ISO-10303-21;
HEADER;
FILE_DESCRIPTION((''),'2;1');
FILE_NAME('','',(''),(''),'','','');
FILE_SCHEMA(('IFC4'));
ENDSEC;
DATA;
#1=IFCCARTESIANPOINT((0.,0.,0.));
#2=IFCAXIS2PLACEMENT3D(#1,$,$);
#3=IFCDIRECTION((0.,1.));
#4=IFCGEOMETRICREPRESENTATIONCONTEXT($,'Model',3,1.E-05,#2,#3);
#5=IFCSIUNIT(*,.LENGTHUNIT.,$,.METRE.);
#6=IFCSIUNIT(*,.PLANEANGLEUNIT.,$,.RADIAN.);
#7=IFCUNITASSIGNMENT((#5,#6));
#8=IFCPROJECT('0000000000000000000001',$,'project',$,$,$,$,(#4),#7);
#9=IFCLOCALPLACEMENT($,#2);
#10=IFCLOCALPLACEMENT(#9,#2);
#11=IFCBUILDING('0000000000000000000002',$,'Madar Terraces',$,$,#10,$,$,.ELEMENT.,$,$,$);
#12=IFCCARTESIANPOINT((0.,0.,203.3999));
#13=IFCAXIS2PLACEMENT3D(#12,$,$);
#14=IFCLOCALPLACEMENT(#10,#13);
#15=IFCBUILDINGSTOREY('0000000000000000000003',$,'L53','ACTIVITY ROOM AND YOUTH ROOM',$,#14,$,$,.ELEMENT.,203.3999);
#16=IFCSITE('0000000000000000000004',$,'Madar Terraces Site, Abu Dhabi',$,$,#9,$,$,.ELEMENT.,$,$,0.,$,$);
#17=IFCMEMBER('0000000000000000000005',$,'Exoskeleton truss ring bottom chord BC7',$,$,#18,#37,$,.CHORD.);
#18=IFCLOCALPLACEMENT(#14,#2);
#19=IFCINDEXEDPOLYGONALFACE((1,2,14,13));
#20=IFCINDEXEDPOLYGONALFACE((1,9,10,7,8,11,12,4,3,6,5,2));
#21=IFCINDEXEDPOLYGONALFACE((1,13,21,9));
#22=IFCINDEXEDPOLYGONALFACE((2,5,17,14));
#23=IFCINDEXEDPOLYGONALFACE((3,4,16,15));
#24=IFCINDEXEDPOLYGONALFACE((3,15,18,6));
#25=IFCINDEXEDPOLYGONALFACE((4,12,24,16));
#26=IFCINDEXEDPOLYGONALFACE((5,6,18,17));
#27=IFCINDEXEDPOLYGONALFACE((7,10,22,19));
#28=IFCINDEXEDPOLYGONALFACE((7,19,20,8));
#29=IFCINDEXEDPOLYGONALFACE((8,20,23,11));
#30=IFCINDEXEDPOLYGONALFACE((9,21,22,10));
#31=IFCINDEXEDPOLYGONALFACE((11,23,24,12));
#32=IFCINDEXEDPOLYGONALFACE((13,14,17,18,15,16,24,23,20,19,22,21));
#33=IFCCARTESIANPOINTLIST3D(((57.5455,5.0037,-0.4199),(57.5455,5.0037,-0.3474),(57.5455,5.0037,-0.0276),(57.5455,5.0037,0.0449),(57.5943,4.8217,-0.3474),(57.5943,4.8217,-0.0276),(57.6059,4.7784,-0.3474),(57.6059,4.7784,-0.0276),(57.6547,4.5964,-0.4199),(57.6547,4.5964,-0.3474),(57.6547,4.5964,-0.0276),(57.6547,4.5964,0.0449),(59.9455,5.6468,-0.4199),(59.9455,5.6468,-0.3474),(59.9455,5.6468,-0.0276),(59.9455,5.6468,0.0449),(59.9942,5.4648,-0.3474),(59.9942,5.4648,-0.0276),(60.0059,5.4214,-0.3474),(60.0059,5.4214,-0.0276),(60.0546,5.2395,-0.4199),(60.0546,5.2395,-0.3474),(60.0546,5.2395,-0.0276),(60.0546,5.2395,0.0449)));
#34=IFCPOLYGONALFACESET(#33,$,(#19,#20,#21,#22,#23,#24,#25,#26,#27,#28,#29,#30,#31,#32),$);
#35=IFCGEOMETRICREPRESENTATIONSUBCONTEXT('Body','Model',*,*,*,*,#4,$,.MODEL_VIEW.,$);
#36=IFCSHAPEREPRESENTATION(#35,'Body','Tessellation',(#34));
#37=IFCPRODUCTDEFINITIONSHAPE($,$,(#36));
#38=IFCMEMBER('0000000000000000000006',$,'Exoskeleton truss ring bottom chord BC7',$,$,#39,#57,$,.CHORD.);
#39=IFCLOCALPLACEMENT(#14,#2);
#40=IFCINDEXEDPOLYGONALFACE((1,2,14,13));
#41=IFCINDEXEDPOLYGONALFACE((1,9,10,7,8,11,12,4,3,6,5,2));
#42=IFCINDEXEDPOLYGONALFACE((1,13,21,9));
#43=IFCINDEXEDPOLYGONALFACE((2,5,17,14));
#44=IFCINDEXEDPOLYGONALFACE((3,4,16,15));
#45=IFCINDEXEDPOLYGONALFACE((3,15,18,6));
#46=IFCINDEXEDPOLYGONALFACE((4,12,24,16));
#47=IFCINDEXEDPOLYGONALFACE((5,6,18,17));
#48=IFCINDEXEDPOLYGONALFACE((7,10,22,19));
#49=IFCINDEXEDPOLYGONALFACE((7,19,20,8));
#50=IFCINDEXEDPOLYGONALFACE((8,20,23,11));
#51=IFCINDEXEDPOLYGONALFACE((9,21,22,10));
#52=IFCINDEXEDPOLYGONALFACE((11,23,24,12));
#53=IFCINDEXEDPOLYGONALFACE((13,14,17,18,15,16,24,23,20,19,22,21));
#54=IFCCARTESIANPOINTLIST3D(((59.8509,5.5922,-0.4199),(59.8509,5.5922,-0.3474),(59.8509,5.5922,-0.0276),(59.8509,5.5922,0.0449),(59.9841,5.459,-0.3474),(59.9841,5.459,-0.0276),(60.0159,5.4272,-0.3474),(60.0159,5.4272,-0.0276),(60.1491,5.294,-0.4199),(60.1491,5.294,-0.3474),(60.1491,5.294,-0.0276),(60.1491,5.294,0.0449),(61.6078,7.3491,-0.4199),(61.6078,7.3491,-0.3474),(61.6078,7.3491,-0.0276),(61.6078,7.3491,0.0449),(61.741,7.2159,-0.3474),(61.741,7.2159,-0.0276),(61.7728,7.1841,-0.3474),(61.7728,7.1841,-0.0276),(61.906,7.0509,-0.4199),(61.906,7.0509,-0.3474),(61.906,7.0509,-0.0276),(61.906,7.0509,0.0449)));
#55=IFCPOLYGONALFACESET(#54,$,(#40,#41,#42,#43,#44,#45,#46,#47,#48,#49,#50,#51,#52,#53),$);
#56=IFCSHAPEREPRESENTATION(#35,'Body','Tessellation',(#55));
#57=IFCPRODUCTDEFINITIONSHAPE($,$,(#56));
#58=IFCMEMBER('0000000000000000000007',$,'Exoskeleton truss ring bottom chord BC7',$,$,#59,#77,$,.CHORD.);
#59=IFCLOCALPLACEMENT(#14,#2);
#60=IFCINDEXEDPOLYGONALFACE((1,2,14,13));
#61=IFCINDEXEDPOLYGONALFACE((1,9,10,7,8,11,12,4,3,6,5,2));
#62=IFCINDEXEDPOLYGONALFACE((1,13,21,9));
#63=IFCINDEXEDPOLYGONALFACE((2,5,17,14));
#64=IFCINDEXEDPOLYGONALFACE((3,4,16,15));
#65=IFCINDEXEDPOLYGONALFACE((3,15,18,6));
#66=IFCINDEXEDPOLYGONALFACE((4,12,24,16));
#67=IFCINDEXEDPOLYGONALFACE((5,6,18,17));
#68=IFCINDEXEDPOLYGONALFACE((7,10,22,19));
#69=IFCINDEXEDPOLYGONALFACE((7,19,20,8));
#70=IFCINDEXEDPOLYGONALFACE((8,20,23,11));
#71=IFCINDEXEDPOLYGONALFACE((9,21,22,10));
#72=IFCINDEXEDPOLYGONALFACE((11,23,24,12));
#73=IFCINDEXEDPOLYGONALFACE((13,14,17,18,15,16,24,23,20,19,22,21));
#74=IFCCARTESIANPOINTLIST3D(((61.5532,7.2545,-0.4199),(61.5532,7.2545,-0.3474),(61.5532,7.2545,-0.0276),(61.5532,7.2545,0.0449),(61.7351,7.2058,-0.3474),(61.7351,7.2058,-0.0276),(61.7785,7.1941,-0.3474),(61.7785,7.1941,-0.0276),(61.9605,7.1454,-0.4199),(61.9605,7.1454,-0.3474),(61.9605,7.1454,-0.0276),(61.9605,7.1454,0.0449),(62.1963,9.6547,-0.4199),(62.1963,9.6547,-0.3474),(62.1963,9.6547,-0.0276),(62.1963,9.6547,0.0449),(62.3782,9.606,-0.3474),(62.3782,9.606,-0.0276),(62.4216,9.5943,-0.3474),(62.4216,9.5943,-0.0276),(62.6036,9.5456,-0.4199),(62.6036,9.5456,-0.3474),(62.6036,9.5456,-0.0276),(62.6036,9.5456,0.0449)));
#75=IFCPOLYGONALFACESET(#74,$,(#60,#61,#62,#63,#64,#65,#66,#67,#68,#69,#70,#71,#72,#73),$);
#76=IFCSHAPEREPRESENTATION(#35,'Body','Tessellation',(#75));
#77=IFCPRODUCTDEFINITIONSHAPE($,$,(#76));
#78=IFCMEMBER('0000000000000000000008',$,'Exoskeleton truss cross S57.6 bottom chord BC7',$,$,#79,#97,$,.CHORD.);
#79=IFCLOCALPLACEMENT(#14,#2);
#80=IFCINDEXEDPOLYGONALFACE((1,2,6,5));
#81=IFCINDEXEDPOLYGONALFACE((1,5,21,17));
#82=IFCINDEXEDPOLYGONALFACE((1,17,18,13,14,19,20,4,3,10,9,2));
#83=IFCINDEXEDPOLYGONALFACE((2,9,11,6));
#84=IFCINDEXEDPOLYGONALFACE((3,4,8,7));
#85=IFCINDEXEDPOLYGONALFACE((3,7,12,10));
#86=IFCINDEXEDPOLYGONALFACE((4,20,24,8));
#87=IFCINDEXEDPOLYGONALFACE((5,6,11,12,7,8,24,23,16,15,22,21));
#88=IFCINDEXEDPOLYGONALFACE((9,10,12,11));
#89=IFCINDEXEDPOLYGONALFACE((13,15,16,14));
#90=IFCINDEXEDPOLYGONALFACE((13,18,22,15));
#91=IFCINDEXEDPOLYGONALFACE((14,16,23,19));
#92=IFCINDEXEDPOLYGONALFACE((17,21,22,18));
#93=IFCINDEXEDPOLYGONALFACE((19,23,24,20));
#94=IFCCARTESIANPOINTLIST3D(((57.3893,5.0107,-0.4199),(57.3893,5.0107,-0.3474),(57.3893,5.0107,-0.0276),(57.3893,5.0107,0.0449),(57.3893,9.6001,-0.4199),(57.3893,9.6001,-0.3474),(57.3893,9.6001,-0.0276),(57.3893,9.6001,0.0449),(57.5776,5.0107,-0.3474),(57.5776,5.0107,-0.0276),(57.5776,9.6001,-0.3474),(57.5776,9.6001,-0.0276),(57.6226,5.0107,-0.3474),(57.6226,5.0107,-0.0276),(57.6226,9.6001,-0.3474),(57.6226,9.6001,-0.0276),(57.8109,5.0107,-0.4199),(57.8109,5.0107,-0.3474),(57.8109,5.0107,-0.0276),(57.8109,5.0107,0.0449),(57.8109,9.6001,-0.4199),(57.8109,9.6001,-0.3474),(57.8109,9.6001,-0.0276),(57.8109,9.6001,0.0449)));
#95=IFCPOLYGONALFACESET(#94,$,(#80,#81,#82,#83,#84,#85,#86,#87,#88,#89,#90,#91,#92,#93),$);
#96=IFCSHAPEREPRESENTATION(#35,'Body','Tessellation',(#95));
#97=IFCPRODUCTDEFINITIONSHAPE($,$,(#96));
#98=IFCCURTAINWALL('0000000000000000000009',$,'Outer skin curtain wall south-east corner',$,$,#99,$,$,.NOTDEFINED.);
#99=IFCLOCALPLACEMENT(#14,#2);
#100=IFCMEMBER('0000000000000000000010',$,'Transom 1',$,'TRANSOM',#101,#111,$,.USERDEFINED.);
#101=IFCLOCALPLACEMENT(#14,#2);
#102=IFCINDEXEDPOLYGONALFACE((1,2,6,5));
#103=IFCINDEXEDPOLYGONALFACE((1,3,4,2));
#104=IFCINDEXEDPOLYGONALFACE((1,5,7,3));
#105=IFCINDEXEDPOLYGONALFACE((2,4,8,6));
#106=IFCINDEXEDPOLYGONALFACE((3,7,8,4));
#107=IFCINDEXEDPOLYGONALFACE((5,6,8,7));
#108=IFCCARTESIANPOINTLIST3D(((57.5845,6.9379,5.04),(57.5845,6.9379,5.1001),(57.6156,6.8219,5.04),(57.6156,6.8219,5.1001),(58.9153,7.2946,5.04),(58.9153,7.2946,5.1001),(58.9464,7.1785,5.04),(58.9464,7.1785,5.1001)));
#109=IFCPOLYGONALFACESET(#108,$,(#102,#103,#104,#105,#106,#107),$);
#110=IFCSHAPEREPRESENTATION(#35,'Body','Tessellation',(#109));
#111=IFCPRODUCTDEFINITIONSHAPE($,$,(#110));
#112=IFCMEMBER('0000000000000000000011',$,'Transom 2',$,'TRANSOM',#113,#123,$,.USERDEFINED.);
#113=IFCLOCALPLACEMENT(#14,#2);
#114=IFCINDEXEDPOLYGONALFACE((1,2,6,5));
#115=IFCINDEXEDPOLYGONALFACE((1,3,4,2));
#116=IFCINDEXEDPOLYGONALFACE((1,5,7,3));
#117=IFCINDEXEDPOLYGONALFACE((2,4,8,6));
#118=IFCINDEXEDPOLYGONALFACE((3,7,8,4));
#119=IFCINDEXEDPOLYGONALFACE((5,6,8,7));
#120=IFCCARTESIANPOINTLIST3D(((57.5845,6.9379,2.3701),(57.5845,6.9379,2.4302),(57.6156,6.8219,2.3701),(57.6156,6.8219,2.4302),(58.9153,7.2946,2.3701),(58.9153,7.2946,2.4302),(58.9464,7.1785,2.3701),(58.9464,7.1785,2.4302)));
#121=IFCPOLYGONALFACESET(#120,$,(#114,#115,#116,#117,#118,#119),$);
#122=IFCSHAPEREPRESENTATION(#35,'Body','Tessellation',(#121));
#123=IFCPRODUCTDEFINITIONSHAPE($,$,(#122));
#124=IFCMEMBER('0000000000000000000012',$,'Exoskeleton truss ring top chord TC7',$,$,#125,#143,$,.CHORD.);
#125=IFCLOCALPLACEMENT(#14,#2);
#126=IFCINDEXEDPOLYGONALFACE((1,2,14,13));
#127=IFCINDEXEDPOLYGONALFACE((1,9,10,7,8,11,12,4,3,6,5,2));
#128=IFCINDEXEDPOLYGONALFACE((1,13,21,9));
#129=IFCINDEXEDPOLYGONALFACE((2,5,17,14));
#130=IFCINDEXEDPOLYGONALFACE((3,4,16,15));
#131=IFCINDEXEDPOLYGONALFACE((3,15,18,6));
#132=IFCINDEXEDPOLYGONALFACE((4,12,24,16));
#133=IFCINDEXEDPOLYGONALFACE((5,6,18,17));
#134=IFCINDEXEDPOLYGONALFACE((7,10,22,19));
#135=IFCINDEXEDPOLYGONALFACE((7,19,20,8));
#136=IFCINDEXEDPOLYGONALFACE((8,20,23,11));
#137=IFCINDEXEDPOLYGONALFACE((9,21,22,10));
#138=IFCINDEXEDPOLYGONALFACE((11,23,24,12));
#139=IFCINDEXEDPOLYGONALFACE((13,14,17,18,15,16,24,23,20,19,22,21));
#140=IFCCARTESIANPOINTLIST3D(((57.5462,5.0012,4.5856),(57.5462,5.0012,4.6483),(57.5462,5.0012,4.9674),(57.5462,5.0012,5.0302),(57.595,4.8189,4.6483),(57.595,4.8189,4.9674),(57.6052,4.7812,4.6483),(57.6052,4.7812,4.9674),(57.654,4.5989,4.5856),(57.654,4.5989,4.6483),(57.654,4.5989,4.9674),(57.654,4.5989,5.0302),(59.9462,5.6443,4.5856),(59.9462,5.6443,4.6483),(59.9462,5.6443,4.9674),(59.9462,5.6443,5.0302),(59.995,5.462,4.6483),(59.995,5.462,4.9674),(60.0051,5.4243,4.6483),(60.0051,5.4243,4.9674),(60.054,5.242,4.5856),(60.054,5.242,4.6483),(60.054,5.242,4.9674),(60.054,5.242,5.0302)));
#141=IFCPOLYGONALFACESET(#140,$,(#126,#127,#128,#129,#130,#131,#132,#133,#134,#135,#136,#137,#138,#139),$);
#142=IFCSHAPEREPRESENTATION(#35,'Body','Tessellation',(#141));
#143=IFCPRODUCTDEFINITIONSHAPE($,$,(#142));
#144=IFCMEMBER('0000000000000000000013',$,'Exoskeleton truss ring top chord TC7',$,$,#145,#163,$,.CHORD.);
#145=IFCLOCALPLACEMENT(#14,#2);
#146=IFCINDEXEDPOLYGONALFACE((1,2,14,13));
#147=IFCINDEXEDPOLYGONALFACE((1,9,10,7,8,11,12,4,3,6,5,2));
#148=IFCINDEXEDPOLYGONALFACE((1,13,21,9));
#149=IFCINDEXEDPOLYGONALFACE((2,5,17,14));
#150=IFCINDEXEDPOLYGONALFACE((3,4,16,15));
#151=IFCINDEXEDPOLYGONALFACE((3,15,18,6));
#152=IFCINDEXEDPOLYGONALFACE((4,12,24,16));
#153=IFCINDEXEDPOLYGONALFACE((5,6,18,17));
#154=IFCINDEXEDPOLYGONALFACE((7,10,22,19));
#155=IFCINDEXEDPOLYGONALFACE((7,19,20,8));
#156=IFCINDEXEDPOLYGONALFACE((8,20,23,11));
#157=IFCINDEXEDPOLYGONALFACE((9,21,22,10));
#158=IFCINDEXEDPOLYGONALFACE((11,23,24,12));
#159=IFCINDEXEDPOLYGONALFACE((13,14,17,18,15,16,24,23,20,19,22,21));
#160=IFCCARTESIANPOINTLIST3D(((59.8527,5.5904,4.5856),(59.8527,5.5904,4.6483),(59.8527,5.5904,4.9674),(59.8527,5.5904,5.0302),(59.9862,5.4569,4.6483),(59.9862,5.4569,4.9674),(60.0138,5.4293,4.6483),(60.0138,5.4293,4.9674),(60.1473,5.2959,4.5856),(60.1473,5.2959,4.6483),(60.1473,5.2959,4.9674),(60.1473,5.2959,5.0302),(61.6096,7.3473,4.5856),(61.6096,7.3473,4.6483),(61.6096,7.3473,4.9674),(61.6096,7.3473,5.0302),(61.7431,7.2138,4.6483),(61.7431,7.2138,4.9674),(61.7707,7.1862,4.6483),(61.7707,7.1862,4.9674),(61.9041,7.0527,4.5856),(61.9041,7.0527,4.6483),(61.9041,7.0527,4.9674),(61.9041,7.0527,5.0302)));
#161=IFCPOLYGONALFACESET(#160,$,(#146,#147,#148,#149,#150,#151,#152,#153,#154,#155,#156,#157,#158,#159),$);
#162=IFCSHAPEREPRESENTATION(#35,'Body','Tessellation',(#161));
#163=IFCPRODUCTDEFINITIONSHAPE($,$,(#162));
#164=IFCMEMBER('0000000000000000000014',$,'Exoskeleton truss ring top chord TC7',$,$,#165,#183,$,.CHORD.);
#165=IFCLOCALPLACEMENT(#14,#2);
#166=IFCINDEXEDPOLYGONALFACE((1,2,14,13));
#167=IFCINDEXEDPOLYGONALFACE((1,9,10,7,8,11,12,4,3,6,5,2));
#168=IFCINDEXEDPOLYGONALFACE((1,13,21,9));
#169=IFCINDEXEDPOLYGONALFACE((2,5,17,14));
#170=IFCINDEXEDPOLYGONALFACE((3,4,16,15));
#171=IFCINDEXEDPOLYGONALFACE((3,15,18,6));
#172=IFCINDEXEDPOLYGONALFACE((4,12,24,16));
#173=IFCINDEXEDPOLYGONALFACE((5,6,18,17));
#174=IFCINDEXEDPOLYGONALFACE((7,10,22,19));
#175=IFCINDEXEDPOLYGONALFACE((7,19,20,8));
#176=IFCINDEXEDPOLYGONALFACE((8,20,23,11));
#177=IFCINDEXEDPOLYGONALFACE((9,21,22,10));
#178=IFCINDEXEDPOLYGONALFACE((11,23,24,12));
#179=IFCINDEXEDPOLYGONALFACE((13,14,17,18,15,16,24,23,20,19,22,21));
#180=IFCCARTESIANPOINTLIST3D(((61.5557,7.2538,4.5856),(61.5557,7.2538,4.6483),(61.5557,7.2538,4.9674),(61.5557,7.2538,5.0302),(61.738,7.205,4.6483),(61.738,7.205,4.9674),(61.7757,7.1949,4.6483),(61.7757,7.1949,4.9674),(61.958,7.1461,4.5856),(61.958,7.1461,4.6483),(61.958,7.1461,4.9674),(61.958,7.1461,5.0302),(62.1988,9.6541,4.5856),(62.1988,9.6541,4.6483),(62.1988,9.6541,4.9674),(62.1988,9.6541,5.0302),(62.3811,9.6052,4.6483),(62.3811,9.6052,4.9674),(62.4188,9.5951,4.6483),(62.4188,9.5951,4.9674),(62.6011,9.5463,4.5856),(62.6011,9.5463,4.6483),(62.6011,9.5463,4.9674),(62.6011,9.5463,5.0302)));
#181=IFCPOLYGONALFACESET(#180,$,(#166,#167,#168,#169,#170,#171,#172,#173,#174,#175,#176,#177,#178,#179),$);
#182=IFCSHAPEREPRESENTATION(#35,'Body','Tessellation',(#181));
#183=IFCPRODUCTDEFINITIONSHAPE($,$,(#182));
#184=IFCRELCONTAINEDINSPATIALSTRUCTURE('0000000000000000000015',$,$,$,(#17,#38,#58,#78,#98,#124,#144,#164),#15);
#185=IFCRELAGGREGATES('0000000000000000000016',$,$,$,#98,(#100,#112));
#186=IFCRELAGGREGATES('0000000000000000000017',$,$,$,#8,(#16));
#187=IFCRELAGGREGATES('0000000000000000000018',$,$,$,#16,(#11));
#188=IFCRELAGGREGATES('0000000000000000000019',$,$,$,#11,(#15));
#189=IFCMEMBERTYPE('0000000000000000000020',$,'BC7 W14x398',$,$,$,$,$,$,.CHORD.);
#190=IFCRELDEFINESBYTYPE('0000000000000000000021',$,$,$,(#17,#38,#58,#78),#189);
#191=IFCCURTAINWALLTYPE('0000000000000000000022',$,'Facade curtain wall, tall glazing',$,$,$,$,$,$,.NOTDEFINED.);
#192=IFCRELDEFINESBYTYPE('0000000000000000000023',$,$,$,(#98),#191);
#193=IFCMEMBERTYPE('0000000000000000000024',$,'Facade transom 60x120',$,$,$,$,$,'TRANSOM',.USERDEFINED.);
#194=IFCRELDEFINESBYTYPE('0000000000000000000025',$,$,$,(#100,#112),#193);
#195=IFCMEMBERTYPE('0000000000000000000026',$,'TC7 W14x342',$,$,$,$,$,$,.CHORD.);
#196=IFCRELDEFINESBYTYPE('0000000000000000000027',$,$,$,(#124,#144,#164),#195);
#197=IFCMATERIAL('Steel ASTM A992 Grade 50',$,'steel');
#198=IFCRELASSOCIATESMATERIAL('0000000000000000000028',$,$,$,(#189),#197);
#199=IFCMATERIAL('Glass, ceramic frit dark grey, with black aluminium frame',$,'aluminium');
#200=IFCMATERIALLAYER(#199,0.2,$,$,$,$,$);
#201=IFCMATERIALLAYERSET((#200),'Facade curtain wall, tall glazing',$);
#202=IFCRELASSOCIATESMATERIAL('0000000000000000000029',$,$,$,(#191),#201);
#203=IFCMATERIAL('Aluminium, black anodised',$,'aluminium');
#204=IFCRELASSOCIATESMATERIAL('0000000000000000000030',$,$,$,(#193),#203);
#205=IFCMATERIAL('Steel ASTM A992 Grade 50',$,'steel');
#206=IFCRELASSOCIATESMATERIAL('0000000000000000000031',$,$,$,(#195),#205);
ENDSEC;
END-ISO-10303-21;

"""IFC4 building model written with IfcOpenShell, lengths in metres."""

from ifc_helpers import new_model, si_unit, direction, frame, origin, origin_2d, place, context, subcontext, project, spatial, rectangle, i_section, extrude, material, layer, layer_set, material_profile, profile_set, type_object, element, aggregate, save


model = new_model("IFC4")

# Units and contexts
model_context = context("Model", 3, precision=1e-05, world=origin(), true_north=direction((0.0, 1.0)))
body_context = subcontext(model_context, "Body", "Model", "MODEL_VIEW")
ifc_project = project(units=[si_unit("LENGTHUNIT", "METRE"), si_unit("PLANEANGLEUNIT", "RADIAN")], contexts=[model_context])

# Site, building, storey
site_placement = place(None, origin())
site = spatial("IfcSite", under=ifc_project, at=site_placement, Name="Madar Terraces Site, Abu Dhabi", CompositionType="ELEMENT", RefElevation=0.0)
building_placement = place(site_placement, origin())
building = spatial("IfcBuilding", under=site, at=building_placement, Name="Madar Terraces", CompositionType="ELEMENT")
storey_placement = place(building_placement, frame((0.0, 0.0, 203.3999)))
storey = spatial("IfcBuildingStorey", under=building, at=storey_placement, Name="L53", Description="ACTIVITY ROOM AND YOUTH ROOM", CompositionType="ELEMENT", Elevation=203.3999)

# Members
ifc_material_1 = material(Name="Steel ASTM A992 Grade 50", Category="steel")
ifc_material_profile_1 = material_profile(ifc_material_1, i_section(OverallWidth=0.4216, OverallDepth=0.4648, WebThickness=0.0449, FlangeThickness=0.0725, at=origin_2d()), Name="W14x398")
ifc_profile_set_1 = profile_set([ifc_material_profile_1], Name="Steel ASTM A992 Grade 50")
member_type_1 = type_object("IfcMemberType", Name="BC7 W14x398", PredefinedType="CHORD", material=ifc_profile_set_1)
for number, where, z_axis, x_axis, name in (
    (1, (57.6001, 4.8, -0.1875), (0.965924, 0.258824, 0.0), (-0.258824, 0.965924, 0.0), "Exoskeleton truss ring bottom chord BC7"),
    (2, (60.0, 5.4431, -0.1875), (0.707107, 0.707107, 0.0), (-0.707107, 0.707107, 0.0), "Exoskeleton truss ring bottom chord BC7"),
):
    element("IfcMember", number, at=place(storey_placement, frame(where, z_axis=z_axis, x_axis=x_axis)), inside=storey, type_object=member_type_1, Name=name, PredefinedType="CHORD", context=body_context, shape_type="SweptSolid", body=[
        extrude(i_section(OverallWidth=0.4216, OverallDepth=0.4648, WebThickness=0.0449, FlangeThickness=0.0725, at=origin_2d()), origin(), (0.0, 0.0, 1.0), 2.4846),
    ])
member_1_placement = place(storey_placement, frame((61.7568, 7.2, -0.1875), z_axis=(0.2588, 0.965931, 0.0), x_axis=(-0.965931, 0.2588, 0.0)))
element("IfcMember", 3, at=member_1_placement, inside=storey, type_object=member_type_1, Name="Exoskeleton truss ring bottom chord BC7", PredefinedType="CHORD", context=body_context, shape_type="SweptSolid", body=[
    extrude(i_section(OverallWidth=0.4216, OverallDepth=0.4648, WebThickness=0.0449, FlangeThickness=0.0725, at=origin_2d()), origin(), (0.0, 0.0, 1.0), 2.4849),
])
member_2_placement = place(storey_placement, frame((57.6001, 5.0107, -0.1875), z_axis=(0.0, 1.0, 0.0), x_axis=(-1.0, 0.0, 0.0)))
element("IfcMember", 4, at=member_2_placement, inside=storey, type_object=member_type_1, Name="Exoskeleton truss cross S57.6 bottom chord BC7", PredefinedType="CHORD", context=body_context, shape_type="SweptSolid", body=[
    extrude(i_section(OverallWidth=0.4216, OverallDepth=0.4648, WebThickness=0.0449, FlangeThickness=0.0725, at=origin_2d()), origin(), (0.0, 0.0, 1.0), 4.5894),
])

# Curtain wall, members
ifc_material_2 = material(Name="Glass, ceramic frit dark grey, with black aluminium frame", Category="aluminium")
ifc_layer_1 = layer(ifc_material_2, 0.2)
ifc_layer_set_1 = layer_set([ifc_layer_1], Name="Facade curtain wall, tall glazing")
curtain_wall_type = type_object("IfcCurtainWallType", Name="Facade curtain wall, tall glazing", PredefinedType="NOTDEFINED", material=ifc_layer_set_1)
curtain_wall_placement = place(storey_placement, origin())
curtain_wall = element("IfcCurtainWall", 5, at=curtain_wall_placement, inside=storey, type_object=curtain_wall_type, Name="Outer skin curtain wall south-east corner", PredefinedType="NOTDEFINED")
ifc_material_3 = material(Name="Aluminium, black anodised", Category="aluminium")
ifc_material_profile_2 = material_profile(ifc_material_3, rectangle(XDim=0.1201, YDim=0.0601, at=origin_2d()), Name="Facade transom 60x120")
ifc_profile_set_2 = profile_set([ifc_material_profile_2], Name="Aluminium, black anodised")
member_type_2 = type_object("IfcMemberType", Name="Facade transom 60x120", ElementType="TRANSOM", PredefinedType="USERDEFINED", material=ifc_profile_set_2)
member_3_placement = place(storey_placement, frame((57.6001, 6.8799, 5.0701), z_axis=(0.965908, 0.258887, 0.0), x_axis=(-0.258887, 0.965908, 0.0)))
member_3 = element("IfcMember", 6, at=member_3_placement, type_object=member_type_2, Name="Transom 1", ObjectType="TRANSOM", PredefinedType="USERDEFINED", context=body_context, shape_type="SweptSolid", body=[
    extrude(rectangle(XDim=0.1201, YDim=0.0601, at=origin_2d()), origin(), (0.0, 0.0, 1.0), 1.3777),
])
member_4_placement = place(storey_placement, frame((57.6001, 6.8799, 2.4001), z_axis=(0.965908, 0.258887, 0.0), x_axis=(-0.258887, 0.965908, 0.0)))
member_4 = element("IfcMember", 7, at=member_4_placement, type_object=member_type_2, Name="Transom 2", ObjectType="TRANSOM", PredefinedType="USERDEFINED", context=body_context, shape_type="SweptSolid", body=[
    extrude(rectangle(XDim=0.1201, YDim=0.0601, at=origin_2d()), origin(), (0.0, 0.0, 1.0), 1.3777),
])

# Members
ifc_material_4 = material(Name="Steel ASTM A992 Grade 50", Category="steel")
ifc_material_profile_3 = material_profile(ifc_material_4, i_section(OverallWidth=0.4165, OverallDepth=0.4446, WebThickness=0.0391, FlangeThickness=0.0627, at=origin_2d()), Name="W14x342")
ifc_profile_set_3 = profile_set([ifc_material_profile_3], Name="Steel ASTM A992 Grade 50")
member_type_3 = type_object("IfcMemberType", Name="TC7 W14x342", PredefinedType="CHORD", material=ifc_profile_set_3)
for number, where, z_axis, x_axis, name in (
    (8, (57.6001, 4.8, 4.8079), (0.965924, 0.258824, 0.0), (-0.258824, 0.965924, 0.0), "Exoskeleton truss ring top chord TC7"),
    (9, (60.0, 5.4431, 4.8079), (0.707107, 0.707107, 0.0), (-0.707107, 0.707107, 0.0), "Exoskeleton truss ring top chord TC7"),
):
    element("IfcMember", number, at=place(storey_placement, frame(where, z_axis=z_axis, x_axis=x_axis)), inside=storey, type_object=member_type_3, Name=name, PredefinedType="CHORD", context=body_context, shape_type="SweptSolid", body=[
        extrude(i_section(OverallWidth=0.4165, OverallDepth=0.4446, WebThickness=0.0391, FlangeThickness=0.0627, at=origin_2d()), origin(), (0.0, 0.0, 1.0), 2.4846),
    ])
member_5_placement = place(storey_placement, frame((61.7568, 7.2, 4.8079), z_axis=(0.2588, 0.965931, 0.0), x_axis=(-0.965931, 0.2588, 0.0)))
element("IfcMember", 10, at=member_5_placement, inside=storey, type_object=member_type_3, Name="Exoskeleton truss ring top chord TC7", PredefinedType="CHORD", context=body_context, shape_type="SweptSolid", body=[
    extrude(i_section(OverallWidth=0.4165, OverallDepth=0.4446, WebThickness=0.0391, FlangeThickness=0.0627, at=origin_2d()), origin(), (0.0, 0.0, 1.0), 2.4849),
])

aggregate(curtain_wall, [member_3, member_4])

save(model, "model.ifc")
